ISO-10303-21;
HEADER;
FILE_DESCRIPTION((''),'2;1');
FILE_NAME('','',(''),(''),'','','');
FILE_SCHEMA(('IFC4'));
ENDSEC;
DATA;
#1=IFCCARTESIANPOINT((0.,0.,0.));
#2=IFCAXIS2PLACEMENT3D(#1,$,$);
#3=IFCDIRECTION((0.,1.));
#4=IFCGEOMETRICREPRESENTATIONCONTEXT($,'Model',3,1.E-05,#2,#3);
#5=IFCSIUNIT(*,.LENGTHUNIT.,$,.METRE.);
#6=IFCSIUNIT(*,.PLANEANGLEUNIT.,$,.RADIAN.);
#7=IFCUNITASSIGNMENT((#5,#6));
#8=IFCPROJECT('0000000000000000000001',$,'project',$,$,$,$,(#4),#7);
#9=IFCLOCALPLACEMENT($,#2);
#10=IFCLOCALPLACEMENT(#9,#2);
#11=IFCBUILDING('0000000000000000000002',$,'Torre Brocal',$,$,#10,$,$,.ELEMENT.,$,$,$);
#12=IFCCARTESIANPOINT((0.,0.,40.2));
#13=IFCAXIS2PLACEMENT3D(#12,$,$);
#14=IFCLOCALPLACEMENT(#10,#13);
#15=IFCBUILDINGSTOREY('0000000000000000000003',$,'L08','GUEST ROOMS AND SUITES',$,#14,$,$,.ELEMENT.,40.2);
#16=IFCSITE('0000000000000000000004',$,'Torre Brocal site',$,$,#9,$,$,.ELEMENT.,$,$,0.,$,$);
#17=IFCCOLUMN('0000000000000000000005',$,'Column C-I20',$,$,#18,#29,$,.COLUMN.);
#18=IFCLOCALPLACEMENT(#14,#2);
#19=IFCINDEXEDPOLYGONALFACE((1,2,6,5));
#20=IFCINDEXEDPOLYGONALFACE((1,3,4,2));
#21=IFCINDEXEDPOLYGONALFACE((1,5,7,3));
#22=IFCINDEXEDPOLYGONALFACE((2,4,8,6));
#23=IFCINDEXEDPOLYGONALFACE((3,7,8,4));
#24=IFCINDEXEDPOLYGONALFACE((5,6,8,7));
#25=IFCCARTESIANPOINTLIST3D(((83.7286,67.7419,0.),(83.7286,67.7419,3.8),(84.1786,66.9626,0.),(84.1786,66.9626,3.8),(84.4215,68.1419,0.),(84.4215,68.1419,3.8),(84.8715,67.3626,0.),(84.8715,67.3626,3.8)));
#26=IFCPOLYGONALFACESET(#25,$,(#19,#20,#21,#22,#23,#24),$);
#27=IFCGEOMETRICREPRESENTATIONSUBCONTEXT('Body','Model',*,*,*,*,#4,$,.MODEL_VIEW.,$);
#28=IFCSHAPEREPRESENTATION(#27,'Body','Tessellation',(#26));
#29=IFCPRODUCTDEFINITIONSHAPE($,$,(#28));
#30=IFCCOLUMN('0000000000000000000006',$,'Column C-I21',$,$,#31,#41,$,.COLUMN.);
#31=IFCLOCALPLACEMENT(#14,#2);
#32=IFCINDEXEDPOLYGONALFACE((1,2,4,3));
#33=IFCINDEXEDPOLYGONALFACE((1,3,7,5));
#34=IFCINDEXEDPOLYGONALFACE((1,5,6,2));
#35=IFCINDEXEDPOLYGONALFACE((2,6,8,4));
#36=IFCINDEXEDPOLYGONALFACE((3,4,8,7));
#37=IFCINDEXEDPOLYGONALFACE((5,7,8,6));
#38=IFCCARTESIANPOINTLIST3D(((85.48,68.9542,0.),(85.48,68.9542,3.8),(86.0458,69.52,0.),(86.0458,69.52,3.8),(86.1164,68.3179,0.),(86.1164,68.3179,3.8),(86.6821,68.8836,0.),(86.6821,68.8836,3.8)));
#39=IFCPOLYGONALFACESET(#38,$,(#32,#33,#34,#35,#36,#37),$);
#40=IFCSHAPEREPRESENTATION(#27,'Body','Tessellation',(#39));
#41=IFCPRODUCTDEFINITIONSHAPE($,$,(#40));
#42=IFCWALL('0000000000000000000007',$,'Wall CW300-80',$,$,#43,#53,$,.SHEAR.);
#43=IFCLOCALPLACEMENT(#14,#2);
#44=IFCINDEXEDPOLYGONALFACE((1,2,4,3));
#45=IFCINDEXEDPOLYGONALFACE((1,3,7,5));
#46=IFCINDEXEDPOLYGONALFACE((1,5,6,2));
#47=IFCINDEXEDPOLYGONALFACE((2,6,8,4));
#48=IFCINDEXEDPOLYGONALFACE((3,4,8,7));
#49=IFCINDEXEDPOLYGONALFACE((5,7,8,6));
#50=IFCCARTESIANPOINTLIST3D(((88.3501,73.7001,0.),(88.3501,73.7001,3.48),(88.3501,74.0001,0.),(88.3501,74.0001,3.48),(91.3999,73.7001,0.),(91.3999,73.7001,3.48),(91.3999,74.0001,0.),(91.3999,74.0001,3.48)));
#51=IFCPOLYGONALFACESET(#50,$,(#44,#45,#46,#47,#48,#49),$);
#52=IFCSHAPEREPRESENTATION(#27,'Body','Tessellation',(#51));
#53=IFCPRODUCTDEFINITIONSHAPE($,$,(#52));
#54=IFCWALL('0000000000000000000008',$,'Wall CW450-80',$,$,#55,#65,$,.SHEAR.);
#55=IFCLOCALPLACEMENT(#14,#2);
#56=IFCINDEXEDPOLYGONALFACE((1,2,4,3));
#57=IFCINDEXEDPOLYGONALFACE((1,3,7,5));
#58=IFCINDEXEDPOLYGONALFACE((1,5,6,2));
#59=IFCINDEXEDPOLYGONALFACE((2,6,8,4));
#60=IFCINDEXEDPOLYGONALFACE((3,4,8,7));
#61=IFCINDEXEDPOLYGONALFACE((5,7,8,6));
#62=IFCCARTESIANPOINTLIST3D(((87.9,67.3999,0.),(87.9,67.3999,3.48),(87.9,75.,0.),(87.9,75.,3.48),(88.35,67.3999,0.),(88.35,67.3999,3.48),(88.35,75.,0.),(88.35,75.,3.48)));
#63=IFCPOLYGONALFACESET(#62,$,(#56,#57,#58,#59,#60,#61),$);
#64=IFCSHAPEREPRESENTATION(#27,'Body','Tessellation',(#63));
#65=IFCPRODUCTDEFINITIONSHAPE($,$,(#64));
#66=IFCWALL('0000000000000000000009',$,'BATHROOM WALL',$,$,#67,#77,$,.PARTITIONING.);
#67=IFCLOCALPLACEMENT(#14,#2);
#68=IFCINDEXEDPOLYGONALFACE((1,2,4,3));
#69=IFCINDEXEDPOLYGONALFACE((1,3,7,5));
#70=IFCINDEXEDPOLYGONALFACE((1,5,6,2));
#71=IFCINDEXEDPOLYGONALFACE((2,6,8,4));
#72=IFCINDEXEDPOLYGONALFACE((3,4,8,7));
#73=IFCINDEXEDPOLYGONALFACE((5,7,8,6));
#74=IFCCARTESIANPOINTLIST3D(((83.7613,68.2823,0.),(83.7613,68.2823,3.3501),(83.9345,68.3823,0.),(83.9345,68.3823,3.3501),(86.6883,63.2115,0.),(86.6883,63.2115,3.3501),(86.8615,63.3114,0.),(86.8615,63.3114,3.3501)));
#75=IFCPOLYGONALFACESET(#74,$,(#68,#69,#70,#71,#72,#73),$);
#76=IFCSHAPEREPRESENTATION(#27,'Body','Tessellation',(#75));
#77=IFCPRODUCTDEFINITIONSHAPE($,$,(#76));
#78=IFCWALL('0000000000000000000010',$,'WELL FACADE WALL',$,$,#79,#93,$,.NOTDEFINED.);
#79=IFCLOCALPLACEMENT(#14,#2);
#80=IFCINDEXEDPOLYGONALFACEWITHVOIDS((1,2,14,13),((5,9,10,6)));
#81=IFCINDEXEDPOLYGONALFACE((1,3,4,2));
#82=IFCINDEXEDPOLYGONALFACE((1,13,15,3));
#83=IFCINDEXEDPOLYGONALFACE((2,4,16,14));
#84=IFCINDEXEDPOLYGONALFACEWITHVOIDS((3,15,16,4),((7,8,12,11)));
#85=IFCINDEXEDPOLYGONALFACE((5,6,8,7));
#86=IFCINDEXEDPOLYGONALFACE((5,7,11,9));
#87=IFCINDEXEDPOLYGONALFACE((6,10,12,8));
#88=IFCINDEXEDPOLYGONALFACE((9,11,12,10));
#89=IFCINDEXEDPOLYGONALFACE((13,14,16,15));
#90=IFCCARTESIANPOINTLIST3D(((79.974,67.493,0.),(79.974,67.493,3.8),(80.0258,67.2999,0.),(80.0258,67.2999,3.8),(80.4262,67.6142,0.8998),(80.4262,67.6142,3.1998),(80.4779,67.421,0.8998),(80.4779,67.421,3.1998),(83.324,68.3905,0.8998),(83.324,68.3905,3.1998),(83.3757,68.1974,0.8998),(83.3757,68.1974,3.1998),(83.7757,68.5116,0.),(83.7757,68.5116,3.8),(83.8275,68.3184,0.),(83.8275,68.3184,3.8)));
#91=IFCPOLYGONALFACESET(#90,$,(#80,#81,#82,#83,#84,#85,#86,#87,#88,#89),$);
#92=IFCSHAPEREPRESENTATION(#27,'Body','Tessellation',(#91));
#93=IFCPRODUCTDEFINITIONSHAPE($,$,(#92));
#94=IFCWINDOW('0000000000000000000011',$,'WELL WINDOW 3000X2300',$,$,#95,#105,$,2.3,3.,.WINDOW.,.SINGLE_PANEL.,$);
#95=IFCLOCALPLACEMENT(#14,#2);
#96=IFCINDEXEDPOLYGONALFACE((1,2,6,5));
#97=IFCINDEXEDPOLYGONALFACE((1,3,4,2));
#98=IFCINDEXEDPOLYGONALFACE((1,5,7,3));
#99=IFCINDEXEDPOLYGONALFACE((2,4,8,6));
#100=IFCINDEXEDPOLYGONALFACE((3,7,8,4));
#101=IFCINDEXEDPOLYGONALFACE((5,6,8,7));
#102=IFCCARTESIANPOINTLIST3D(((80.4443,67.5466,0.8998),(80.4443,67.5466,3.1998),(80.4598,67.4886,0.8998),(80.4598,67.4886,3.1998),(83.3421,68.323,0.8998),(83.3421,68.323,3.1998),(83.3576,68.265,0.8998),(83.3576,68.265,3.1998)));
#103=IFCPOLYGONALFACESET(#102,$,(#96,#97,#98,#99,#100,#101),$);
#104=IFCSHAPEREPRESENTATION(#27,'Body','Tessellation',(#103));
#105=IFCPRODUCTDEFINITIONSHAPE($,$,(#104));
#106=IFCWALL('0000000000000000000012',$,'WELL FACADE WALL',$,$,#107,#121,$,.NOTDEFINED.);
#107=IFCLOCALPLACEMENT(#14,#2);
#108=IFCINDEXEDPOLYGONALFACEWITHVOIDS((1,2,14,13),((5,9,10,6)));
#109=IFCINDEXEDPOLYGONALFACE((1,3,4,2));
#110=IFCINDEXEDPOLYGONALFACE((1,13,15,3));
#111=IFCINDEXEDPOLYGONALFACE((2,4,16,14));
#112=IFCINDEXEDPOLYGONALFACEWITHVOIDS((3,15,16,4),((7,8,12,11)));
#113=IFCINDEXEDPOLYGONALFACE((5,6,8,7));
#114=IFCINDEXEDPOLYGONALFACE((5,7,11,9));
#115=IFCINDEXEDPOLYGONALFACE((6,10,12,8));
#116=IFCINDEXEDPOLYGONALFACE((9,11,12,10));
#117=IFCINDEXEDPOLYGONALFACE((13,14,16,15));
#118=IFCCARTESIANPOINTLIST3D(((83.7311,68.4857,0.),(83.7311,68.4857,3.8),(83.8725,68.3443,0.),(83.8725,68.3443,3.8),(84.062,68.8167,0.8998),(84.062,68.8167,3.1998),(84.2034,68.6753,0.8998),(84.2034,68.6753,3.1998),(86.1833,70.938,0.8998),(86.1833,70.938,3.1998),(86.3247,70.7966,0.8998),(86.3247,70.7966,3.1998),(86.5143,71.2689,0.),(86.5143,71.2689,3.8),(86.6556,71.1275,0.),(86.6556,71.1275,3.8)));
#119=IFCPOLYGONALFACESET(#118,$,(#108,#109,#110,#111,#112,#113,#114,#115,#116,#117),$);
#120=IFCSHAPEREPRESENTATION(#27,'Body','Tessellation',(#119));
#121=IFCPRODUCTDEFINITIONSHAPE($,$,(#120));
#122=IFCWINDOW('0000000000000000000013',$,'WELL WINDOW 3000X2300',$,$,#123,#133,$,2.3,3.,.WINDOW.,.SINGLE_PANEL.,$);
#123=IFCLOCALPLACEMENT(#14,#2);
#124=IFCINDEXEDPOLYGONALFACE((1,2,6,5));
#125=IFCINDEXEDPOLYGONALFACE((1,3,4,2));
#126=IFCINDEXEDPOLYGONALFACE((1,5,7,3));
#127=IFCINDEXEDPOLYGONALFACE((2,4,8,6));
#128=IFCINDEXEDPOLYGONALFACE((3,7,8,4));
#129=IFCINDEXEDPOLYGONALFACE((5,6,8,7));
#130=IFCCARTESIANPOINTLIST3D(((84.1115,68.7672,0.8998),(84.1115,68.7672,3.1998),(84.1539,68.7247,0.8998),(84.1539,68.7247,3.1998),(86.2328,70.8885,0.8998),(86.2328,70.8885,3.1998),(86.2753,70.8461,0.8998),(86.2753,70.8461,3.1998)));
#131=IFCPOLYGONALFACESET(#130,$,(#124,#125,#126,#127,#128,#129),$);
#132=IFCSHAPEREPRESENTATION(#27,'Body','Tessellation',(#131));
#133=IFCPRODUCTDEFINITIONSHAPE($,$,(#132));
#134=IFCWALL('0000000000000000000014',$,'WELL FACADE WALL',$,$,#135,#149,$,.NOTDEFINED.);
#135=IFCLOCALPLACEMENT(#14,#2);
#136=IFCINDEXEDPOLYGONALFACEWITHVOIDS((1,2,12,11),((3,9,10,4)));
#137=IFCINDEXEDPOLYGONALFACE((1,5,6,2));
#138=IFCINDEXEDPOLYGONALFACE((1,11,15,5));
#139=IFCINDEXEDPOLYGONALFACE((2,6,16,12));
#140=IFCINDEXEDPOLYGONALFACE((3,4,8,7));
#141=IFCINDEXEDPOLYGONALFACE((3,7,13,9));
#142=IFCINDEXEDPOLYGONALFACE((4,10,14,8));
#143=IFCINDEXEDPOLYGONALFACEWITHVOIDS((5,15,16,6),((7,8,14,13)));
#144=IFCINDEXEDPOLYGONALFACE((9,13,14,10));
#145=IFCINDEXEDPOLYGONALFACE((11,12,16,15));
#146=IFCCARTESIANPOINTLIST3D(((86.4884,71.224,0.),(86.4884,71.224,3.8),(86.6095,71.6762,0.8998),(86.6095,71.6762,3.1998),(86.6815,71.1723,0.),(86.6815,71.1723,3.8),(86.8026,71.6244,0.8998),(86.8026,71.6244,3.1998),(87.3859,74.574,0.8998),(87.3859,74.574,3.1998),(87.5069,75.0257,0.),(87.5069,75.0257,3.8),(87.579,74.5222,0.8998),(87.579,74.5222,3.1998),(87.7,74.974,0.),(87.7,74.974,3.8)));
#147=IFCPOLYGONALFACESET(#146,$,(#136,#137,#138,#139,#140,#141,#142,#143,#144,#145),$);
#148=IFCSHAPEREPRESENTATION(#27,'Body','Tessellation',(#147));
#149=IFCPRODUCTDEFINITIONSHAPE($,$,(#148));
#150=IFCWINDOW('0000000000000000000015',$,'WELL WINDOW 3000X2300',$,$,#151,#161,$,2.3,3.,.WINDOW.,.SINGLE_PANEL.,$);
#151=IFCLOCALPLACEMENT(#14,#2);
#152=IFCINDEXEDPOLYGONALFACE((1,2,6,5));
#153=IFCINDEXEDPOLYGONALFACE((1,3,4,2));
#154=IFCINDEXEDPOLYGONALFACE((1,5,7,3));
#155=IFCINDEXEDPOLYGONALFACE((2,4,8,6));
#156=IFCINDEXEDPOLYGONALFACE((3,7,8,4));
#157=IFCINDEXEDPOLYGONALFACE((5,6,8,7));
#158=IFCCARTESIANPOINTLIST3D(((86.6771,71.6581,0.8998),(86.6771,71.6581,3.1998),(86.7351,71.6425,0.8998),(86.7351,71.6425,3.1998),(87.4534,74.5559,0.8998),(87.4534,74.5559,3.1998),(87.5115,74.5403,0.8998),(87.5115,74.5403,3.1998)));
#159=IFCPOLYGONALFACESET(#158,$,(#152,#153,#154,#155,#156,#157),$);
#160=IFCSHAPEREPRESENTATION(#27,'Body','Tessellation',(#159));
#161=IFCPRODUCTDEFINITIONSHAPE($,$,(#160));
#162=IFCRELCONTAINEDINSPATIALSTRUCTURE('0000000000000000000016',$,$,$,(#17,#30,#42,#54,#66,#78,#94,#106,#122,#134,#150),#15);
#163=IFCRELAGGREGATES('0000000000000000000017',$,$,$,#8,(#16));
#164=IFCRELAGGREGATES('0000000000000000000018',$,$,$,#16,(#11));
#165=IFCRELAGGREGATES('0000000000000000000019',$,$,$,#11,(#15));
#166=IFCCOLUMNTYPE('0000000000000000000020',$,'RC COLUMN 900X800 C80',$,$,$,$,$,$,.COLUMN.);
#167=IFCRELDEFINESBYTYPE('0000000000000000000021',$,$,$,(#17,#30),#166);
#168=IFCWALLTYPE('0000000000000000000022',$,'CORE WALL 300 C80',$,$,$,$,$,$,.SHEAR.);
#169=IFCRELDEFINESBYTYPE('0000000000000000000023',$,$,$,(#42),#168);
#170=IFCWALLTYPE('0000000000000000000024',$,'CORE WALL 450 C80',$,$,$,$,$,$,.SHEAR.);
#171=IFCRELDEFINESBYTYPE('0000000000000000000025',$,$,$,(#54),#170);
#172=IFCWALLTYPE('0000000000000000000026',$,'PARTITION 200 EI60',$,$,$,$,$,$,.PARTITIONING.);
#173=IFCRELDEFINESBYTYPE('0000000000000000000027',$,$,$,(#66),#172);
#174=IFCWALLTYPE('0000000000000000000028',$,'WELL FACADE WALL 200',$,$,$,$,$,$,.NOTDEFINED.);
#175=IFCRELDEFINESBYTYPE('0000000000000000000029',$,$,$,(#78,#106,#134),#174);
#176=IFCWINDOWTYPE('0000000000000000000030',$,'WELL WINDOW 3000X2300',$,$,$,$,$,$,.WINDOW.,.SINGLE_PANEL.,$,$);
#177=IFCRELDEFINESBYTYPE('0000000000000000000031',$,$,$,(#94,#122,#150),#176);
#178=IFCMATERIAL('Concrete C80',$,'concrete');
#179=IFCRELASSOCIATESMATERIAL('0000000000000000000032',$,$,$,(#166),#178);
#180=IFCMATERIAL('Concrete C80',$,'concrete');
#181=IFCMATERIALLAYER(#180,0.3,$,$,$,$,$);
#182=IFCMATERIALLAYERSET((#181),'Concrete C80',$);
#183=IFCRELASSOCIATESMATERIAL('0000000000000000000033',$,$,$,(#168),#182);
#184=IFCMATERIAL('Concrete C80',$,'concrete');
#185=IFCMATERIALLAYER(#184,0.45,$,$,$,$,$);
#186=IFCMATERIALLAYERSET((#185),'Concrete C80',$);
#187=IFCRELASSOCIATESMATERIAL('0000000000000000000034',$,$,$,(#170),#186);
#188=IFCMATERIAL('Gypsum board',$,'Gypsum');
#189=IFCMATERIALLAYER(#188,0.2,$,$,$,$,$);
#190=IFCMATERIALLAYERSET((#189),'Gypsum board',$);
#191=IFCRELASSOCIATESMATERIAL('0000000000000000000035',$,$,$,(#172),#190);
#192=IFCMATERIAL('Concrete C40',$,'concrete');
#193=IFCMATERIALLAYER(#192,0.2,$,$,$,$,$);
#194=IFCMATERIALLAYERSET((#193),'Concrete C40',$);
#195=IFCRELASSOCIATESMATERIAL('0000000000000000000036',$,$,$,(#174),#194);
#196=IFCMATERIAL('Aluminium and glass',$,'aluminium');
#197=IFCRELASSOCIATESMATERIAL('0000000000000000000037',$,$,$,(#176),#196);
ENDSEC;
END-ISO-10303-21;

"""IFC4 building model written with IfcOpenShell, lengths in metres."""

from ifc_helpers import new_model, si_unit, direction, frame, frame_2d, origin, origin_2d, place, context, subcontext, project, spatial, rectangle, extrude, material, layer, layer_set, material_profile, profile_set, type_object, element, fill, save


model = new_model("IFC4")

# Units and contexts
model_context = context("Model", 3, precision=1e-05, world=origin(), true_north=direction((0.0, 1.0)))
body_context = subcontext(model_context, "Body", "Model", "MODEL_VIEW")
ifc_project = project(units=[si_unit("LENGTHUNIT", "METRE"), si_unit("PLANEANGLEUNIT", "RADIAN")], contexts=[model_context])

# Site, building, storey
site_placement = place(None, origin())
site = spatial("IfcSite", under=ifc_project, at=site_placement, Name="Torre Brocal site", CompositionType="ELEMENT", RefElevation=0.0)
building_placement = place(site_placement, origin())
building = spatial("IfcBuilding", under=site, at=building_placement, Name="Torre Brocal", CompositionType="ELEMENT")
storey_placement = place(building_placement, frame((0.0, 0.0, 40.2)))
storey = spatial("IfcBuildingStorey", under=building, at=storey_placement, Name="L08", Description="GUEST ROOMS AND SUITES", CompositionType="ELEMENT", Elevation=40.2)

# Columns
ifc_material_1 = material(Name="Concrete C80", Category="concrete")
ifc_material_profile = material_profile(ifc_material_1, rectangle(XDim=0.8999, YDim=0.8, at=origin_2d()), Name="RC 900X800")
ifc_profile_set = profile_set([ifc_material_profile], Name="Concrete C80")
column_type = type_object("IfcColumnType", Name="RC COLUMN 900X800 C80", PredefinedType="COLUMN", material=ifc_profile_set)
for number, where, z_axis, x_axis, name in (
    (1, (84.3, 67.5522, 0.0), (0.0, 0.0, 1.0), (0.5, -0.866025, 0.0), "Column C-I20"),
    (2, (86.0811, 68.9189, 0.0), (0.0, 0.0, 1.0), (0.707107, -0.707107, 0.0), "Column C-I21"),
):
    element("IfcColumn", number, at=place(storey_placement, frame(where, z_axis=z_axis, x_axis=x_axis)), inside=storey, type_object=column_type, Name=name, PredefinedType="COLUMN", context=body_context, shape_type="SweptSolid", body=[
        extrude(rectangle(XDim=0.8999, YDim=0.8, at=origin_2d()), origin(), (0.0, 0.0, 1.0), 3.8),
    ])

# Walls
ifc_material_2 = material(Name="Concrete C80", Category="concrete")
ifc_layer_1 = layer(ifc_material_2, 0.3)
ifc_layer_set_1 = layer_set([ifc_layer_1], Name="Concrete C80")
wall_type_1 = type_object("IfcWallType", Name="CORE WALL 300 C80", PredefinedType="SHEAR", material=ifc_layer_set_1)
wall_1_placement = place(storey_placement, frame((88.3501, 73.8501, 0.0), z_axis=(0.0, 0.0, 1.0), x_axis=(1.0, 0.0, 0.0)))
element("IfcWall", 3, at=wall_1_placement, inside=storey, type_object=wall_type_1, Name="Wall CW300-80", PredefinedType="SHEAR", context=body_context, shape_type="SweptSolid", body=[
    extrude(rectangle(XDim=3.0498, YDim=0.3, at=frame_2d((1.5249, 0.0))), origin(), (0.0, 0.0, 1.0), 3.48),
])
ifc_material_3 = material(Name="Concrete C80", Category="concrete")
ifc_layer_2 = layer(ifc_material_3, 0.45)
ifc_layer_set_2 = layer_set([ifc_layer_2], Name="Concrete C80")
wall_type_2 = type_object("IfcWallType", Name="CORE WALL 450 C80", PredefinedType="SHEAR", material=ifc_layer_set_2)
wall_2_placement = place(storey_placement, frame((88.125, 67.3999, 0.0), z_axis=(0.0, 0.0, 1.0), x_axis=(0.0, 1.0, 0.0)))
element("IfcWall", 4, at=wall_2_placement, inside=storey, type_object=wall_type_2, Name="Wall CW450-80", PredefinedType="SHEAR", context=body_context, shape_type="SweptSolid", body=[
    extrude(rectangle(XDim=7.6001, YDim=0.45, at=frame_2d((3.8, 0.0))), origin(), (0.0, 0.0, 1.0), 3.48),
])

# Wall
ifc_material_4 = material(Name="Gypsum board", Category="Gypsum")
ifc_layer_3 = layer(ifc_material_4, 0.2)
ifc_layer_set_3 = layer_set([ifc_layer_3], Name="Gypsum board")
wall_type_3 = type_object("IfcWallType", Name="PARTITION 200 EI60", PredefinedType="PARTITIONING", material=ifc_layer_set_3)
wall_3_placement = place(storey_placement, frame((83.8479, 68.3323, 0.0), z_axis=(0.0, 0.0, 1.0), x_axis=(0.49992, -0.866072, 0.0)))
element("IfcWall", 5, at=wall_3_placement, inside=storey, type_object=wall_type_3, Name="BATHROOM WALL", PredefinedType="PARTITIONING", context=body_context, shape_type="SweptSolid", body=[
    extrude(rectangle(XDim=5.855, YDim=0.2, at=frame_2d((2.9275, 0.0))), origin(), (0.0, 0.0, 1.0), 3.3501),
])

# Walls, openings, windows
ifc_material_5 = material(Name="Concrete C40", Category="concrete")
ifc_layer_4 = layer(ifc_material_5, 0.2)
ifc_layer_set_4 = layer_set([ifc_layer_4], Name="Concrete C40")
wall_type_4 = type_object("IfcWallType", Name="WELL FACADE WALL 200", PredefinedType="NOTDEFINED", material=ifc_layer_set_4)
wall_4_placement = place(storey_placement, frame((80.0, 67.3965, 0.0), z_axis=(0.0, 0.0, 1.0), x_axis=(0.965934, 0.25879, 0.0)))
wall_4 = element("IfcWall", 6, at=wall_4_placement, inside=storey, type_object=wall_type_4, Name="WELL FACADE WALL", PredefinedType="NOTDEFINED", context=body_context, shape_type="SweptSolid", body=[
    extrude(rectangle(XDim=3.9358, YDim=0.2, at=frame_2d((1.9678, 0.0))), origin(), (0.0, 0.0, 1.0), 3.8),
])
opening_1_placement = place(wall_4_placement, frame((0.468, 0.0, 0.8999)))
opening_1 = element("IfcOpeningElement", 7, at=opening_1_placement, cuts=wall_4, PredefinedType="OPENING", context=body_context, shape_type="SweptSolid", body=[
    extrude(rectangle(XDim=3.0, YDim=2.3, at=frame_2d((1.5, 1.1499))), frame((0.0, 0.1099, 0.0), z_axis=(0.0, -1.0, 0.0), x_axis=(1.0, 0.0, 0.0)), (0.0, 0.0, 1.0), 0.22),
])
ifc_material_6 = material(Name="Aluminium and glass", Category="aluminium")
window_type = type_object("IfcWindowType", Name="WELL WINDOW 3000X2300", PartitioningType="SINGLE_PANEL", PredefinedType="WINDOW", material=ifc_material_6)
window_1_placement = place(opening_1_placement, origin())
window_1 = element("IfcWindow", 8, at=window_1_placement, inside=storey, type_object=window_type, Name="WELL WINDOW 3000X2300", OverallHeight=2.3, OverallWidth=3.0, PartitioningType="SINGLE_PANEL", PredefinedType="WINDOW", context=body_context, shape_type="SweptSolid", body=[
    extrude(rectangle(XDim=3.0, YDim=2.3, at=frame_2d((1.5, 1.1499))), frame((0.0, 0.03, 0.0), z_axis=(0.0, -1.0, 0.0), x_axis=(1.0, 0.0, 0.0)), (0.0, 0.0, 1.0), 0.0601),
])
fill(opening_1, window_1)
wall_5_placement = place(storey_placement, frame((83.8018, 68.415, 0.0), z_axis=(0.0, 0.0, 1.0), x_axis=(0.707107, 0.707107, 0.0)))
wall_5 = element("IfcWall", 9, at=wall_5_placement, inside=storey, type_object=wall_type_4, Name="WELL FACADE WALL", PredefinedType="NOTDEFINED", context=body_context, shape_type="SweptSolid", body=[
    extrude(rectangle(XDim=3.936, YDim=0.2, at=frame_2d((1.968, 0.0))), origin(), (0.0, 0.0, 1.0), 3.8),
])
opening_2_placement = place(wall_5_placement, frame((0.468, 0.0, 0.8999)))
opening_2 = element("IfcOpeningElement", 10, at=opening_2_placement, cuts=wall_5, PredefinedType="OPENING", context=body_context, shape_type="SweptSolid", body=[
    extrude(rectangle(XDim=3.0, YDim=2.3, at=frame_2d((1.5, 1.1499))), frame((0.0, 0.1099, 0.0), z_axis=(0.0, -1.0, 0.0), x_axis=(1.0, 0.0, 0.0)), (0.0, 0.0, 1.0), 0.22),
])
window_2_placement = place(opening_2_placement, origin())
window_2 = element("IfcWindow", 11, at=window_2_placement, inside=storey, type_object=window_type, Name="WELL WINDOW 3000X2300", OverallHeight=2.3, OverallWidth=3.0, PartitioningType="SINGLE_PANEL", PredefinedType="WINDOW", context=body_context, shape_type="SweptSolid", body=[
    extrude(rectangle(XDim=3.0, YDim=2.3, at=frame_2d((1.5, 1.1499))), frame((0.0, 0.03, 0.0), z_axis=(0.0, -1.0, 0.0), x_axis=(1.0, 0.0, 0.0)), (0.0, 0.0, 1.0), 0.0601),
])
fill(opening_2, window_2)
wall_6_placement = place(storey_placement, frame((86.585, 71.1982, 0.0), z_axis=(0.0, 0.0, 1.0), x_axis=(0.25879, 0.965934, 0.0)))
wall_6 = element("IfcWall", 12, at=wall_6_placement, inside=storey, type_object=wall_type_4, Name="WELL FACADE WALL", PredefinedType="NOTDEFINED", context=body_context, shape_type="SweptSolid", body=[
    extrude(rectangle(XDim=3.9358, YDim=0.2, at=frame_2d((1.9678, 0.0))), origin(), (0.0, 0.0, 1.0), 3.8),
])
opening_3_placement = place(wall_6_placement, frame((0.468, 0.0, 0.8999)))
opening_3 = element("IfcOpeningElement", 13, at=opening_3_placement, cuts=wall_6, PredefinedType="OPENING", context=body_context, shape_type="SweptSolid", body=[
    extrude(rectangle(XDim=3.0, YDim=2.3, at=frame_2d((1.5, 1.1499))), frame((0.0, 0.1099, 0.0), z_axis=(0.0, -1.0, 0.0), x_axis=(1.0, 0.0, 0.0)), (0.0, 0.0, 1.0), 0.22),
])
window_3_placement = place(opening_3_placement, origin())
window_3 = element("IfcWindow", 14, at=window_3_placement, inside=storey, type_object=window_type, Name="WELL WINDOW 3000X2300", OverallHeight=2.3, OverallWidth=3.0, PartitioningType="SINGLE_PANEL", PredefinedType="WINDOW", context=body_context, shape_type="SweptSolid", body=[
    extrude(rectangle(XDim=3.0, YDim=2.3, at=frame_2d((1.5, 1.1499))), frame((0.0, 0.03, 0.0), z_axis=(0.0, -1.0, 0.0), x_axis=(1.0, 0.0, 0.0)), (0.0, 0.0, 1.0), 0.0601),
])
fill(opening_3, window_3)

save(model, "model.ifc")
